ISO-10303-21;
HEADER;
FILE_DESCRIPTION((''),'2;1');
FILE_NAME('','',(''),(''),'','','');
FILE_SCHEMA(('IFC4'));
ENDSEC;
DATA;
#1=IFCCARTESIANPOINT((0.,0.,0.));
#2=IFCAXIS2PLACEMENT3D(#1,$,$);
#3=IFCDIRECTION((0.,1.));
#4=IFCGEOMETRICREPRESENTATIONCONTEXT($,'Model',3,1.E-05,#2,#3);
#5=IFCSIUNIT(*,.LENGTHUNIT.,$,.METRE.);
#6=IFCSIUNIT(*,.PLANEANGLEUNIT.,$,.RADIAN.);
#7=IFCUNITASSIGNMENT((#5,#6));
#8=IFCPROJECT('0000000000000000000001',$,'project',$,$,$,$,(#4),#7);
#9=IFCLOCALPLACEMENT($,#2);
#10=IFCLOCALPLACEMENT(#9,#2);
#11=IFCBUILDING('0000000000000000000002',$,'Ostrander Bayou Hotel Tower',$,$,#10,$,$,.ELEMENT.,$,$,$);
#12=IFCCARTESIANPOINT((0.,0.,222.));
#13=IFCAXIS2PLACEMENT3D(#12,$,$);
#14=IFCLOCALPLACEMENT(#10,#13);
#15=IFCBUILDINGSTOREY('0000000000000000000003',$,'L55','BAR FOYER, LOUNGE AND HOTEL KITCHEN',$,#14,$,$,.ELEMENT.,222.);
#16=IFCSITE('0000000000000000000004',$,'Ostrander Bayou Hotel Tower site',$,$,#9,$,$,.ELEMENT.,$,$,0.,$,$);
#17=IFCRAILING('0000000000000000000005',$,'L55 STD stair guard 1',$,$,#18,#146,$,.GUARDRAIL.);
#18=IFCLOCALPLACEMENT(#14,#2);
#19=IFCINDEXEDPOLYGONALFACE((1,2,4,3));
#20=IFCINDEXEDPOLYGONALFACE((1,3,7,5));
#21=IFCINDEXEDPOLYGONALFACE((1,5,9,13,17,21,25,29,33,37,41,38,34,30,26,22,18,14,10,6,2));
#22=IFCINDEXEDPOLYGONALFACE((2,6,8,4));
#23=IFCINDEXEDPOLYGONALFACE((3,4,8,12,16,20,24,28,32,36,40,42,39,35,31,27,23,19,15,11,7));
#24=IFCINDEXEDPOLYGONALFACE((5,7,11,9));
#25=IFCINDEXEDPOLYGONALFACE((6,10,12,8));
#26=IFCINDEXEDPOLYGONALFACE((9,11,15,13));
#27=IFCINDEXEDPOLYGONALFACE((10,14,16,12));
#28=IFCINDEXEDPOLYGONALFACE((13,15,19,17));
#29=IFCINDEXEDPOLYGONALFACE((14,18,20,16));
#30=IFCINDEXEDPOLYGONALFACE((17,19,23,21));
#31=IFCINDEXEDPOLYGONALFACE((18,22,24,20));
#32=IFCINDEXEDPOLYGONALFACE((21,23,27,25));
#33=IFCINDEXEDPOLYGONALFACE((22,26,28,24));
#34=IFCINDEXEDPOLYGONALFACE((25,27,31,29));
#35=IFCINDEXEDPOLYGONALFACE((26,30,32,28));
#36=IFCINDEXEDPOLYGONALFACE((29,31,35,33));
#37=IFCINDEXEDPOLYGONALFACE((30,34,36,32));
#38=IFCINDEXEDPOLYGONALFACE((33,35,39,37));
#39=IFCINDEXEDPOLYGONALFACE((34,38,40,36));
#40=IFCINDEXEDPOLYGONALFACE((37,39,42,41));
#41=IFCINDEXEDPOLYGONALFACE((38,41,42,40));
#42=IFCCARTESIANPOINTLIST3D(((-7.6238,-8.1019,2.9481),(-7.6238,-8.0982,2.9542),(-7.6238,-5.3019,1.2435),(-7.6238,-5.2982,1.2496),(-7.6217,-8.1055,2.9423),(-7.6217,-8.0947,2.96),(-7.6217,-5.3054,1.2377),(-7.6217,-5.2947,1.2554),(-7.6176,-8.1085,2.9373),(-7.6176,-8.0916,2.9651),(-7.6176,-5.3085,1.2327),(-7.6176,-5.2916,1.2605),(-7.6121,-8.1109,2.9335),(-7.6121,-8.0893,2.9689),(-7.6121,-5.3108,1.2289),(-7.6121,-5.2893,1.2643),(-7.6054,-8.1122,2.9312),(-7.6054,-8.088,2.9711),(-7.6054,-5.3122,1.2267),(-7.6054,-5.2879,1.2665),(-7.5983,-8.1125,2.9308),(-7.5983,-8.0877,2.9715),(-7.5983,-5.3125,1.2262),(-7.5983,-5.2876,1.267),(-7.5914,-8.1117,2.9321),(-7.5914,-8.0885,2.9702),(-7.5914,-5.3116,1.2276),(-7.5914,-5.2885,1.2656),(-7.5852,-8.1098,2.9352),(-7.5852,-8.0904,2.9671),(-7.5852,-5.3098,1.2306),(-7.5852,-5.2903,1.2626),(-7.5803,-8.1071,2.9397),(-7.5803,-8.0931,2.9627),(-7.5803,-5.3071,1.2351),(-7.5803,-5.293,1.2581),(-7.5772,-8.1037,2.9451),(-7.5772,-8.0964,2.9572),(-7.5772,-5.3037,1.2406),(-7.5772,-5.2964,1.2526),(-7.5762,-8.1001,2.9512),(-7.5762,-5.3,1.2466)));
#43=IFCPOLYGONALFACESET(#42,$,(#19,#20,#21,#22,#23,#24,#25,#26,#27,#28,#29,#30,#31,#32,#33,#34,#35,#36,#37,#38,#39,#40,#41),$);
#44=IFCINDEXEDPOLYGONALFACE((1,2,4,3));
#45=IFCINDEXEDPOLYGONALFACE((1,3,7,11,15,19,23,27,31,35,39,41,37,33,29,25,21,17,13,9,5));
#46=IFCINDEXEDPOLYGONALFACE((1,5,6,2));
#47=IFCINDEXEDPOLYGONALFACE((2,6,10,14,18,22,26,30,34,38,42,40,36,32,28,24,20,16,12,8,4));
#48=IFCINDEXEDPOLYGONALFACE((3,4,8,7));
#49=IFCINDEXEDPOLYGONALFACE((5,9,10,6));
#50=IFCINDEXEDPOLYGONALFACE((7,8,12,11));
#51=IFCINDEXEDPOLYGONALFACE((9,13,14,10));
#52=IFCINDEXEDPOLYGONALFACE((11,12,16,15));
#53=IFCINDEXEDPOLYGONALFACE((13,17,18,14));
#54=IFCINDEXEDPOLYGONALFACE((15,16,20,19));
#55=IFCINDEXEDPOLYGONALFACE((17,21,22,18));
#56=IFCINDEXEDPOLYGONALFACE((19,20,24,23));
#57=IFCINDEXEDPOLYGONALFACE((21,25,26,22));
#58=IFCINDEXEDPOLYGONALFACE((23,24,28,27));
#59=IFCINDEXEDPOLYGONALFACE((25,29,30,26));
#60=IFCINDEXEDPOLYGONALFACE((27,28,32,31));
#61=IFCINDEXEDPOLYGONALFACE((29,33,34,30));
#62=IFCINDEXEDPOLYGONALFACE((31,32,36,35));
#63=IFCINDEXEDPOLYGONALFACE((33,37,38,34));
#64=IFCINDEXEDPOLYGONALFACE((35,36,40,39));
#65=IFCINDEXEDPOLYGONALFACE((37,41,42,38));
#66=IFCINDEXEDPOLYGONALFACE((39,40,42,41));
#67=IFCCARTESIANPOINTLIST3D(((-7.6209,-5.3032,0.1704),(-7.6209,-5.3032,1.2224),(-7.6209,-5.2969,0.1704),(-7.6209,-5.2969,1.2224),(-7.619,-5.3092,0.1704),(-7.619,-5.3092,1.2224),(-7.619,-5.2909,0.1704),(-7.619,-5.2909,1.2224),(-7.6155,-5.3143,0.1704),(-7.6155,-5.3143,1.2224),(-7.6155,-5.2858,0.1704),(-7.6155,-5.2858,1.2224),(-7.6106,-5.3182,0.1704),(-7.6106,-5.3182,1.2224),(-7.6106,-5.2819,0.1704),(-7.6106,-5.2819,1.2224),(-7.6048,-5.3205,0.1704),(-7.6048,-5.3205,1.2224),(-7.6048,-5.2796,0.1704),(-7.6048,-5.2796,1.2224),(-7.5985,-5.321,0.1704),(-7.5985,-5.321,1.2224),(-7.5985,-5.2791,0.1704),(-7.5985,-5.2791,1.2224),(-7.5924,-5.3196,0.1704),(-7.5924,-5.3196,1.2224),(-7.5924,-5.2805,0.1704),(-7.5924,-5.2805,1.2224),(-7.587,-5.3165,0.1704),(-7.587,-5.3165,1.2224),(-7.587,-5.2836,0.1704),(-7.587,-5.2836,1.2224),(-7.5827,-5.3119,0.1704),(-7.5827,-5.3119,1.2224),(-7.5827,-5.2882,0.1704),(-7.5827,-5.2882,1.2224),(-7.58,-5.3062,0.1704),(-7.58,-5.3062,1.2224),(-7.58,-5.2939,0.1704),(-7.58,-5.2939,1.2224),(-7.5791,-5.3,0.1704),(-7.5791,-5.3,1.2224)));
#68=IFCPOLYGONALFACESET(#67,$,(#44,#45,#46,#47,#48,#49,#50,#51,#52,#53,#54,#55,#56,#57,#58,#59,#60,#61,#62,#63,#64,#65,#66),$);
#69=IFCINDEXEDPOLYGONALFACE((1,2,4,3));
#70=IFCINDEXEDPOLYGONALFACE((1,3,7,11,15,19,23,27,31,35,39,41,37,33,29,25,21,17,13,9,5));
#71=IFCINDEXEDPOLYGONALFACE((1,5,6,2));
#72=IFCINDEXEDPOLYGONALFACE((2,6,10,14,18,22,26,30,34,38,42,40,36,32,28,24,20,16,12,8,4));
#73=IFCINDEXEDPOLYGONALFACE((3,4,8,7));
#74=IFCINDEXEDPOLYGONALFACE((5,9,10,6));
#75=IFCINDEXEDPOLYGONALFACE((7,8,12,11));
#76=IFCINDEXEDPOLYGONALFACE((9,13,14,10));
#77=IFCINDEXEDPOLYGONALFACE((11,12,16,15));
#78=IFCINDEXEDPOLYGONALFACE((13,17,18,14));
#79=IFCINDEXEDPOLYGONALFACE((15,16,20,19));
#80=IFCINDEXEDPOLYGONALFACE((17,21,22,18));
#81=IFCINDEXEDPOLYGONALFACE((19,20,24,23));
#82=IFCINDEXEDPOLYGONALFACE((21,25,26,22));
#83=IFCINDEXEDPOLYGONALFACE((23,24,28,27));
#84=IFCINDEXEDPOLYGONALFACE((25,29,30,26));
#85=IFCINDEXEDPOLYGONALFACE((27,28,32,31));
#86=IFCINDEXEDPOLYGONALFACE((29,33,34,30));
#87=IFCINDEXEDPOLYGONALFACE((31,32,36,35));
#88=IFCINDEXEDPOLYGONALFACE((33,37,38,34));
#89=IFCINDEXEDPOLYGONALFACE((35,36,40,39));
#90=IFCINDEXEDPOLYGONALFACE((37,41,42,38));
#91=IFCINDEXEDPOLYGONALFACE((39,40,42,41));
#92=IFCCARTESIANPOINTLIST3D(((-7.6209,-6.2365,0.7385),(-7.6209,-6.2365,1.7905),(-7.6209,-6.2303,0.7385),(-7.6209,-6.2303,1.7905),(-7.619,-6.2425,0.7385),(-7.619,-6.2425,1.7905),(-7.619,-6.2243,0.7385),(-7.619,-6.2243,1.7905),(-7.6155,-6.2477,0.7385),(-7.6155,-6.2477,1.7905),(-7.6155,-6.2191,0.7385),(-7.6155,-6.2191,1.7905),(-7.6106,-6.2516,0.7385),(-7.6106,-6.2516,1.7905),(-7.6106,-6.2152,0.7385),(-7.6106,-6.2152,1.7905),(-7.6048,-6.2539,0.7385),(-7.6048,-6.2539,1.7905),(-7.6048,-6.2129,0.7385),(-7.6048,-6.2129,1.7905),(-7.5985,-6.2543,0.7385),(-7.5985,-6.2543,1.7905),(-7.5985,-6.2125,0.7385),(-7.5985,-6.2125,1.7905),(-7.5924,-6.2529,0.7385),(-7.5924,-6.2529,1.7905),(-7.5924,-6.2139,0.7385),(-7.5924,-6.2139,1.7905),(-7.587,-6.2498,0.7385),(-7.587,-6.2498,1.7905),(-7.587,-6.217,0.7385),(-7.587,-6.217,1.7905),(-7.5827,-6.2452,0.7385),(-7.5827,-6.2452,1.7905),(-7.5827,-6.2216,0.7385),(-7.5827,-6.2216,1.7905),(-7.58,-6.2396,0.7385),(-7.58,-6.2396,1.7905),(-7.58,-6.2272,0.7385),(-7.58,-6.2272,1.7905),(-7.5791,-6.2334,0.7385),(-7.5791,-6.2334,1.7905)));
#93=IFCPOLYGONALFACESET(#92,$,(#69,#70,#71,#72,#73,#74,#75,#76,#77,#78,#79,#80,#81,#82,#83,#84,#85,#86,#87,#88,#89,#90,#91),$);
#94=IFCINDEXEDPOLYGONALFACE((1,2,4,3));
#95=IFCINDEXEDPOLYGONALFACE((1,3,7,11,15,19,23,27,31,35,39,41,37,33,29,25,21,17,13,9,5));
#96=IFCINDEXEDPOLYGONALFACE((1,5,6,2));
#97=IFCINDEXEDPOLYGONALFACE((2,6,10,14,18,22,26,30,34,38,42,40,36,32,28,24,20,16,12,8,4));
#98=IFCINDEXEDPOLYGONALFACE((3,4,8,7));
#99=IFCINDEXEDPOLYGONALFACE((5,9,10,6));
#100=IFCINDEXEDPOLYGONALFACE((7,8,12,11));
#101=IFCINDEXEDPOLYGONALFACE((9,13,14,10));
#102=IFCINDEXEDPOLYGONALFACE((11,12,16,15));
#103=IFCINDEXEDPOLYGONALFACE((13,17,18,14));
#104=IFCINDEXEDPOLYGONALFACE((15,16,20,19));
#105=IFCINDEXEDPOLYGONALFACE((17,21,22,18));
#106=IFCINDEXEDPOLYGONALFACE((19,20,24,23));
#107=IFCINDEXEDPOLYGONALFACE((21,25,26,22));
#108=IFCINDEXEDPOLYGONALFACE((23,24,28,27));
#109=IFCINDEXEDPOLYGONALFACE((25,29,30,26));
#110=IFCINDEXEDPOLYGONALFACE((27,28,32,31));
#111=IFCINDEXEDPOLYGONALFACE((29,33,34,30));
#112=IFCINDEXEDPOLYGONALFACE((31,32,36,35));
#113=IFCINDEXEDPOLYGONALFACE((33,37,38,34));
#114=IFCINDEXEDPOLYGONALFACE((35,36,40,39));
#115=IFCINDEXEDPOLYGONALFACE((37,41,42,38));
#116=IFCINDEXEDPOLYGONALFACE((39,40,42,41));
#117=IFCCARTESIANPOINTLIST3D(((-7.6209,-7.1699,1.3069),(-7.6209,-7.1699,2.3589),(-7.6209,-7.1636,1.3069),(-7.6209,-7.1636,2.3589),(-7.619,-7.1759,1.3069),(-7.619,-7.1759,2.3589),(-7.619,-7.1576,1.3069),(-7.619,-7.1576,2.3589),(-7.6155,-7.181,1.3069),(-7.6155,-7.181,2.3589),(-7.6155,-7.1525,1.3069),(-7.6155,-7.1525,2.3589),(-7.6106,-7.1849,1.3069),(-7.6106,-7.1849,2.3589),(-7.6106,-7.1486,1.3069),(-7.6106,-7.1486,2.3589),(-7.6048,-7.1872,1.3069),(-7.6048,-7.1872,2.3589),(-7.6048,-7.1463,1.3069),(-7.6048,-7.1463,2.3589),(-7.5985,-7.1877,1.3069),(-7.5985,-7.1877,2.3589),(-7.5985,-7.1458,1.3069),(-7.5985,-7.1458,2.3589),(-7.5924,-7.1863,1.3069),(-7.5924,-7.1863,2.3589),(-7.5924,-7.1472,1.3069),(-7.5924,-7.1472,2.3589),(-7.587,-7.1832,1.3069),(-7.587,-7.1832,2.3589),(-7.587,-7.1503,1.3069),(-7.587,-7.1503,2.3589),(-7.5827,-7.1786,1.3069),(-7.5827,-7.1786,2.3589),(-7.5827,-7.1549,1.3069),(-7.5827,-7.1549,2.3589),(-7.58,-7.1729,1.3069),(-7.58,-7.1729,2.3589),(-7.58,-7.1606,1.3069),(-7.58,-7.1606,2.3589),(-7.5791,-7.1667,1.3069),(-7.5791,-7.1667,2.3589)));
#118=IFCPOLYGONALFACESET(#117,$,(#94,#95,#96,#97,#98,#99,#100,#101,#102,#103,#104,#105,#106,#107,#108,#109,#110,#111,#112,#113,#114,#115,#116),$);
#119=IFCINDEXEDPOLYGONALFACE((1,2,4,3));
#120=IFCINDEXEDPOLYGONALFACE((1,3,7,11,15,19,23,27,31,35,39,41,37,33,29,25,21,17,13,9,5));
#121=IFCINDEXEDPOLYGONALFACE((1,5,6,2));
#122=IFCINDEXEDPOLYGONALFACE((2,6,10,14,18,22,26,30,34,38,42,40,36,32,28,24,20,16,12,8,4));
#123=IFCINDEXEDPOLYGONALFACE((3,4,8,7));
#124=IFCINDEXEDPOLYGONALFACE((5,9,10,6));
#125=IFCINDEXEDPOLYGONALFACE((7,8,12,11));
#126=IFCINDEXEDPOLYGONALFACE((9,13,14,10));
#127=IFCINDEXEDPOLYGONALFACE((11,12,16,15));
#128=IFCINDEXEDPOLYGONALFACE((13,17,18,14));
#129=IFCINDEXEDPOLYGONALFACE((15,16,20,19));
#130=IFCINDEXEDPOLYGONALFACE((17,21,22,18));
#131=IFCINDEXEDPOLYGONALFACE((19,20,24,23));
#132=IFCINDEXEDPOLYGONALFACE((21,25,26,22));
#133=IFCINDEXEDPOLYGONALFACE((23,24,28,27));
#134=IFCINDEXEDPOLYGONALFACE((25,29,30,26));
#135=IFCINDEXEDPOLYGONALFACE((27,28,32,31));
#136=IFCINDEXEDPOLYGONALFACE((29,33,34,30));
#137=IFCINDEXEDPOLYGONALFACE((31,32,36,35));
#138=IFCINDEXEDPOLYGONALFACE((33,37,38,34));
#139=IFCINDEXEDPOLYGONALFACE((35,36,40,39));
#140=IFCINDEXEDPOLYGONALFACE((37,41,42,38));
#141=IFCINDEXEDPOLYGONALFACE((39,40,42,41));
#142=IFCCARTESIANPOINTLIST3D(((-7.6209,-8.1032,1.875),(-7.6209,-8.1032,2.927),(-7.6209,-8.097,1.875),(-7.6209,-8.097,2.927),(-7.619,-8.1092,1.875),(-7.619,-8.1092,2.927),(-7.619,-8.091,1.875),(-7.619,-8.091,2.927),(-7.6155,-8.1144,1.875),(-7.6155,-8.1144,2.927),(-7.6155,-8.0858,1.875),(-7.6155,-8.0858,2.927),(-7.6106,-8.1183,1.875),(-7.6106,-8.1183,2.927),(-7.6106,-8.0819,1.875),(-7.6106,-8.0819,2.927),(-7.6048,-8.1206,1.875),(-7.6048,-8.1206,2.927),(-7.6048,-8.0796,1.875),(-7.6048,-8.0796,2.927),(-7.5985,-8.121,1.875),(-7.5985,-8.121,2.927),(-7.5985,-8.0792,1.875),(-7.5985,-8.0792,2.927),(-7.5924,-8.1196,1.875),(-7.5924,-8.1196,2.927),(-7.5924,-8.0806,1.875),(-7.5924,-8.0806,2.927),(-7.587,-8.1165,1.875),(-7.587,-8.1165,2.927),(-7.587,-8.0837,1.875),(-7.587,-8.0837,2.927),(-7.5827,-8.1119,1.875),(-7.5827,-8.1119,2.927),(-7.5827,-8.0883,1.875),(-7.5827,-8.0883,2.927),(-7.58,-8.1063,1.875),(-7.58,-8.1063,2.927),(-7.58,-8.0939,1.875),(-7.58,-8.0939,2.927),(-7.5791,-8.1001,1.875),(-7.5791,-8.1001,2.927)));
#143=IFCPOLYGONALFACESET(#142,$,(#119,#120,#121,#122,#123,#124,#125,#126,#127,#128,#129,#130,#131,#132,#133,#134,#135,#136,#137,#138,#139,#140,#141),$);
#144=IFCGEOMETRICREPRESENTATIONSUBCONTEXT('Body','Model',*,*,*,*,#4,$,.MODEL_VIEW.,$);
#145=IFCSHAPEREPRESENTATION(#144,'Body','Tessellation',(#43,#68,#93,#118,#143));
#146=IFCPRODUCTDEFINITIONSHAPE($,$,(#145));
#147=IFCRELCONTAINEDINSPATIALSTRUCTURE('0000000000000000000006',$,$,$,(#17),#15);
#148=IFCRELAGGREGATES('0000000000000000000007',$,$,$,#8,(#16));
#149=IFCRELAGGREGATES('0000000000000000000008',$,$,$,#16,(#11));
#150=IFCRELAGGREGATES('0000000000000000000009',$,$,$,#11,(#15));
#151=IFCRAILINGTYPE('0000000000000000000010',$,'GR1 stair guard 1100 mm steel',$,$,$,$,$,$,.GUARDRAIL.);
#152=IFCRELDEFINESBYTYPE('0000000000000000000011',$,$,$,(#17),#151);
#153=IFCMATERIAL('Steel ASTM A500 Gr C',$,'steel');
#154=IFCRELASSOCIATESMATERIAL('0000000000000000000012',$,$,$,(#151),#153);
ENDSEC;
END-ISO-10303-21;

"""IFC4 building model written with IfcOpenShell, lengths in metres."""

from ifc_helpers import new_model, si_unit, direction, frame, origin, origin_2d, place, context, subcontext, project, spatial, circle, extrude, material, type_object, element, save


model = new_model("IFC4")

# Units and contexts
model_context = context("Model", 3, precision=1e-05, world=origin(), true_north=direction((0.0, 1.0)))
body_context = subcontext(model_context, "Body", "Model", "MODEL_VIEW")
ifc_project = project(units=[si_unit("LENGTHUNIT", "METRE"), si_unit("PLANEANGLEUNIT", "RADIAN")], contexts=[model_context])

# Site, building, storey
site_placement = place(None, origin())
site = spatial("IfcSite", under=ifc_project, at=site_placement, Name="Ostrander Bayou Hotel Tower site", CompositionType="ELEMENT", RefElevation=0.0)
building_placement = place(site_placement, origin())
building = spatial("IfcBuilding", under=site, at=building_placement, Name="Ostrander Bayou Hotel Tower", CompositionType="ELEMENT")
storey_placement = place(building_placement, frame((0.0, 0.0, 222.0)))
storey = spatial("IfcBuildingStorey", under=building, at=storey_placement, Name="L55", Description="BAR FOYER, LOUNGE AND HOTEL KITCHEN", CompositionType="ELEMENT", Elevation=222.0)

# Railing
ifc_material_1 = material(Name="Steel ASTM A500 Gr C", Category="steel")
railing_type_1 = type_object("IfcRailingType", Name="GR1 stair guard 1100 mm steel", PredefinedType="GUARDRAIL", material=ifc_material_1)
railing_1_placement = place(storey_placement, frame((-7.6001, -5.3, 0.1704)))
element("IfcRailing", 1, at=railing_1_placement, inside=storey, type_object=railing_type_1, Name="L55 STD stair guard 1", PredefinedType="GUARDRAIL", context=body_context, shape_type="SweptSolid", body=[
    extrude(circle(Radius=0.0239, at=origin_2d()), frame((0.0, 0.0, 1.0762), z_axis=(0.0, -0.85417, 0.519994), x_axis=(1.0, 0.0, 0.0)), (0.0, 0.0, 1.0), 3.2781),
    extrude(circle(Radius=0.021, at=origin_2d()), origin(), (0.0, 0.0, 1.0), 1.052),
    extrude(circle(Radius=0.021, at=origin_2d()), frame((0.0, -0.9333, 0.5681)), (0.0, 0.0, 1.0), 1.052),
    extrude(circle(Radius=0.021, at=origin_2d()), frame((0.0, -1.8667, 1.1365)), (0.0, 0.0, 1.0), 1.052),
    extrude(circle(Radius=0.021, at=origin_2d()), frame((0.0, -2.8, 1.7046)), (0.0, 0.0, 1.0), 1.052),
])

save(model, "model.ifc")
